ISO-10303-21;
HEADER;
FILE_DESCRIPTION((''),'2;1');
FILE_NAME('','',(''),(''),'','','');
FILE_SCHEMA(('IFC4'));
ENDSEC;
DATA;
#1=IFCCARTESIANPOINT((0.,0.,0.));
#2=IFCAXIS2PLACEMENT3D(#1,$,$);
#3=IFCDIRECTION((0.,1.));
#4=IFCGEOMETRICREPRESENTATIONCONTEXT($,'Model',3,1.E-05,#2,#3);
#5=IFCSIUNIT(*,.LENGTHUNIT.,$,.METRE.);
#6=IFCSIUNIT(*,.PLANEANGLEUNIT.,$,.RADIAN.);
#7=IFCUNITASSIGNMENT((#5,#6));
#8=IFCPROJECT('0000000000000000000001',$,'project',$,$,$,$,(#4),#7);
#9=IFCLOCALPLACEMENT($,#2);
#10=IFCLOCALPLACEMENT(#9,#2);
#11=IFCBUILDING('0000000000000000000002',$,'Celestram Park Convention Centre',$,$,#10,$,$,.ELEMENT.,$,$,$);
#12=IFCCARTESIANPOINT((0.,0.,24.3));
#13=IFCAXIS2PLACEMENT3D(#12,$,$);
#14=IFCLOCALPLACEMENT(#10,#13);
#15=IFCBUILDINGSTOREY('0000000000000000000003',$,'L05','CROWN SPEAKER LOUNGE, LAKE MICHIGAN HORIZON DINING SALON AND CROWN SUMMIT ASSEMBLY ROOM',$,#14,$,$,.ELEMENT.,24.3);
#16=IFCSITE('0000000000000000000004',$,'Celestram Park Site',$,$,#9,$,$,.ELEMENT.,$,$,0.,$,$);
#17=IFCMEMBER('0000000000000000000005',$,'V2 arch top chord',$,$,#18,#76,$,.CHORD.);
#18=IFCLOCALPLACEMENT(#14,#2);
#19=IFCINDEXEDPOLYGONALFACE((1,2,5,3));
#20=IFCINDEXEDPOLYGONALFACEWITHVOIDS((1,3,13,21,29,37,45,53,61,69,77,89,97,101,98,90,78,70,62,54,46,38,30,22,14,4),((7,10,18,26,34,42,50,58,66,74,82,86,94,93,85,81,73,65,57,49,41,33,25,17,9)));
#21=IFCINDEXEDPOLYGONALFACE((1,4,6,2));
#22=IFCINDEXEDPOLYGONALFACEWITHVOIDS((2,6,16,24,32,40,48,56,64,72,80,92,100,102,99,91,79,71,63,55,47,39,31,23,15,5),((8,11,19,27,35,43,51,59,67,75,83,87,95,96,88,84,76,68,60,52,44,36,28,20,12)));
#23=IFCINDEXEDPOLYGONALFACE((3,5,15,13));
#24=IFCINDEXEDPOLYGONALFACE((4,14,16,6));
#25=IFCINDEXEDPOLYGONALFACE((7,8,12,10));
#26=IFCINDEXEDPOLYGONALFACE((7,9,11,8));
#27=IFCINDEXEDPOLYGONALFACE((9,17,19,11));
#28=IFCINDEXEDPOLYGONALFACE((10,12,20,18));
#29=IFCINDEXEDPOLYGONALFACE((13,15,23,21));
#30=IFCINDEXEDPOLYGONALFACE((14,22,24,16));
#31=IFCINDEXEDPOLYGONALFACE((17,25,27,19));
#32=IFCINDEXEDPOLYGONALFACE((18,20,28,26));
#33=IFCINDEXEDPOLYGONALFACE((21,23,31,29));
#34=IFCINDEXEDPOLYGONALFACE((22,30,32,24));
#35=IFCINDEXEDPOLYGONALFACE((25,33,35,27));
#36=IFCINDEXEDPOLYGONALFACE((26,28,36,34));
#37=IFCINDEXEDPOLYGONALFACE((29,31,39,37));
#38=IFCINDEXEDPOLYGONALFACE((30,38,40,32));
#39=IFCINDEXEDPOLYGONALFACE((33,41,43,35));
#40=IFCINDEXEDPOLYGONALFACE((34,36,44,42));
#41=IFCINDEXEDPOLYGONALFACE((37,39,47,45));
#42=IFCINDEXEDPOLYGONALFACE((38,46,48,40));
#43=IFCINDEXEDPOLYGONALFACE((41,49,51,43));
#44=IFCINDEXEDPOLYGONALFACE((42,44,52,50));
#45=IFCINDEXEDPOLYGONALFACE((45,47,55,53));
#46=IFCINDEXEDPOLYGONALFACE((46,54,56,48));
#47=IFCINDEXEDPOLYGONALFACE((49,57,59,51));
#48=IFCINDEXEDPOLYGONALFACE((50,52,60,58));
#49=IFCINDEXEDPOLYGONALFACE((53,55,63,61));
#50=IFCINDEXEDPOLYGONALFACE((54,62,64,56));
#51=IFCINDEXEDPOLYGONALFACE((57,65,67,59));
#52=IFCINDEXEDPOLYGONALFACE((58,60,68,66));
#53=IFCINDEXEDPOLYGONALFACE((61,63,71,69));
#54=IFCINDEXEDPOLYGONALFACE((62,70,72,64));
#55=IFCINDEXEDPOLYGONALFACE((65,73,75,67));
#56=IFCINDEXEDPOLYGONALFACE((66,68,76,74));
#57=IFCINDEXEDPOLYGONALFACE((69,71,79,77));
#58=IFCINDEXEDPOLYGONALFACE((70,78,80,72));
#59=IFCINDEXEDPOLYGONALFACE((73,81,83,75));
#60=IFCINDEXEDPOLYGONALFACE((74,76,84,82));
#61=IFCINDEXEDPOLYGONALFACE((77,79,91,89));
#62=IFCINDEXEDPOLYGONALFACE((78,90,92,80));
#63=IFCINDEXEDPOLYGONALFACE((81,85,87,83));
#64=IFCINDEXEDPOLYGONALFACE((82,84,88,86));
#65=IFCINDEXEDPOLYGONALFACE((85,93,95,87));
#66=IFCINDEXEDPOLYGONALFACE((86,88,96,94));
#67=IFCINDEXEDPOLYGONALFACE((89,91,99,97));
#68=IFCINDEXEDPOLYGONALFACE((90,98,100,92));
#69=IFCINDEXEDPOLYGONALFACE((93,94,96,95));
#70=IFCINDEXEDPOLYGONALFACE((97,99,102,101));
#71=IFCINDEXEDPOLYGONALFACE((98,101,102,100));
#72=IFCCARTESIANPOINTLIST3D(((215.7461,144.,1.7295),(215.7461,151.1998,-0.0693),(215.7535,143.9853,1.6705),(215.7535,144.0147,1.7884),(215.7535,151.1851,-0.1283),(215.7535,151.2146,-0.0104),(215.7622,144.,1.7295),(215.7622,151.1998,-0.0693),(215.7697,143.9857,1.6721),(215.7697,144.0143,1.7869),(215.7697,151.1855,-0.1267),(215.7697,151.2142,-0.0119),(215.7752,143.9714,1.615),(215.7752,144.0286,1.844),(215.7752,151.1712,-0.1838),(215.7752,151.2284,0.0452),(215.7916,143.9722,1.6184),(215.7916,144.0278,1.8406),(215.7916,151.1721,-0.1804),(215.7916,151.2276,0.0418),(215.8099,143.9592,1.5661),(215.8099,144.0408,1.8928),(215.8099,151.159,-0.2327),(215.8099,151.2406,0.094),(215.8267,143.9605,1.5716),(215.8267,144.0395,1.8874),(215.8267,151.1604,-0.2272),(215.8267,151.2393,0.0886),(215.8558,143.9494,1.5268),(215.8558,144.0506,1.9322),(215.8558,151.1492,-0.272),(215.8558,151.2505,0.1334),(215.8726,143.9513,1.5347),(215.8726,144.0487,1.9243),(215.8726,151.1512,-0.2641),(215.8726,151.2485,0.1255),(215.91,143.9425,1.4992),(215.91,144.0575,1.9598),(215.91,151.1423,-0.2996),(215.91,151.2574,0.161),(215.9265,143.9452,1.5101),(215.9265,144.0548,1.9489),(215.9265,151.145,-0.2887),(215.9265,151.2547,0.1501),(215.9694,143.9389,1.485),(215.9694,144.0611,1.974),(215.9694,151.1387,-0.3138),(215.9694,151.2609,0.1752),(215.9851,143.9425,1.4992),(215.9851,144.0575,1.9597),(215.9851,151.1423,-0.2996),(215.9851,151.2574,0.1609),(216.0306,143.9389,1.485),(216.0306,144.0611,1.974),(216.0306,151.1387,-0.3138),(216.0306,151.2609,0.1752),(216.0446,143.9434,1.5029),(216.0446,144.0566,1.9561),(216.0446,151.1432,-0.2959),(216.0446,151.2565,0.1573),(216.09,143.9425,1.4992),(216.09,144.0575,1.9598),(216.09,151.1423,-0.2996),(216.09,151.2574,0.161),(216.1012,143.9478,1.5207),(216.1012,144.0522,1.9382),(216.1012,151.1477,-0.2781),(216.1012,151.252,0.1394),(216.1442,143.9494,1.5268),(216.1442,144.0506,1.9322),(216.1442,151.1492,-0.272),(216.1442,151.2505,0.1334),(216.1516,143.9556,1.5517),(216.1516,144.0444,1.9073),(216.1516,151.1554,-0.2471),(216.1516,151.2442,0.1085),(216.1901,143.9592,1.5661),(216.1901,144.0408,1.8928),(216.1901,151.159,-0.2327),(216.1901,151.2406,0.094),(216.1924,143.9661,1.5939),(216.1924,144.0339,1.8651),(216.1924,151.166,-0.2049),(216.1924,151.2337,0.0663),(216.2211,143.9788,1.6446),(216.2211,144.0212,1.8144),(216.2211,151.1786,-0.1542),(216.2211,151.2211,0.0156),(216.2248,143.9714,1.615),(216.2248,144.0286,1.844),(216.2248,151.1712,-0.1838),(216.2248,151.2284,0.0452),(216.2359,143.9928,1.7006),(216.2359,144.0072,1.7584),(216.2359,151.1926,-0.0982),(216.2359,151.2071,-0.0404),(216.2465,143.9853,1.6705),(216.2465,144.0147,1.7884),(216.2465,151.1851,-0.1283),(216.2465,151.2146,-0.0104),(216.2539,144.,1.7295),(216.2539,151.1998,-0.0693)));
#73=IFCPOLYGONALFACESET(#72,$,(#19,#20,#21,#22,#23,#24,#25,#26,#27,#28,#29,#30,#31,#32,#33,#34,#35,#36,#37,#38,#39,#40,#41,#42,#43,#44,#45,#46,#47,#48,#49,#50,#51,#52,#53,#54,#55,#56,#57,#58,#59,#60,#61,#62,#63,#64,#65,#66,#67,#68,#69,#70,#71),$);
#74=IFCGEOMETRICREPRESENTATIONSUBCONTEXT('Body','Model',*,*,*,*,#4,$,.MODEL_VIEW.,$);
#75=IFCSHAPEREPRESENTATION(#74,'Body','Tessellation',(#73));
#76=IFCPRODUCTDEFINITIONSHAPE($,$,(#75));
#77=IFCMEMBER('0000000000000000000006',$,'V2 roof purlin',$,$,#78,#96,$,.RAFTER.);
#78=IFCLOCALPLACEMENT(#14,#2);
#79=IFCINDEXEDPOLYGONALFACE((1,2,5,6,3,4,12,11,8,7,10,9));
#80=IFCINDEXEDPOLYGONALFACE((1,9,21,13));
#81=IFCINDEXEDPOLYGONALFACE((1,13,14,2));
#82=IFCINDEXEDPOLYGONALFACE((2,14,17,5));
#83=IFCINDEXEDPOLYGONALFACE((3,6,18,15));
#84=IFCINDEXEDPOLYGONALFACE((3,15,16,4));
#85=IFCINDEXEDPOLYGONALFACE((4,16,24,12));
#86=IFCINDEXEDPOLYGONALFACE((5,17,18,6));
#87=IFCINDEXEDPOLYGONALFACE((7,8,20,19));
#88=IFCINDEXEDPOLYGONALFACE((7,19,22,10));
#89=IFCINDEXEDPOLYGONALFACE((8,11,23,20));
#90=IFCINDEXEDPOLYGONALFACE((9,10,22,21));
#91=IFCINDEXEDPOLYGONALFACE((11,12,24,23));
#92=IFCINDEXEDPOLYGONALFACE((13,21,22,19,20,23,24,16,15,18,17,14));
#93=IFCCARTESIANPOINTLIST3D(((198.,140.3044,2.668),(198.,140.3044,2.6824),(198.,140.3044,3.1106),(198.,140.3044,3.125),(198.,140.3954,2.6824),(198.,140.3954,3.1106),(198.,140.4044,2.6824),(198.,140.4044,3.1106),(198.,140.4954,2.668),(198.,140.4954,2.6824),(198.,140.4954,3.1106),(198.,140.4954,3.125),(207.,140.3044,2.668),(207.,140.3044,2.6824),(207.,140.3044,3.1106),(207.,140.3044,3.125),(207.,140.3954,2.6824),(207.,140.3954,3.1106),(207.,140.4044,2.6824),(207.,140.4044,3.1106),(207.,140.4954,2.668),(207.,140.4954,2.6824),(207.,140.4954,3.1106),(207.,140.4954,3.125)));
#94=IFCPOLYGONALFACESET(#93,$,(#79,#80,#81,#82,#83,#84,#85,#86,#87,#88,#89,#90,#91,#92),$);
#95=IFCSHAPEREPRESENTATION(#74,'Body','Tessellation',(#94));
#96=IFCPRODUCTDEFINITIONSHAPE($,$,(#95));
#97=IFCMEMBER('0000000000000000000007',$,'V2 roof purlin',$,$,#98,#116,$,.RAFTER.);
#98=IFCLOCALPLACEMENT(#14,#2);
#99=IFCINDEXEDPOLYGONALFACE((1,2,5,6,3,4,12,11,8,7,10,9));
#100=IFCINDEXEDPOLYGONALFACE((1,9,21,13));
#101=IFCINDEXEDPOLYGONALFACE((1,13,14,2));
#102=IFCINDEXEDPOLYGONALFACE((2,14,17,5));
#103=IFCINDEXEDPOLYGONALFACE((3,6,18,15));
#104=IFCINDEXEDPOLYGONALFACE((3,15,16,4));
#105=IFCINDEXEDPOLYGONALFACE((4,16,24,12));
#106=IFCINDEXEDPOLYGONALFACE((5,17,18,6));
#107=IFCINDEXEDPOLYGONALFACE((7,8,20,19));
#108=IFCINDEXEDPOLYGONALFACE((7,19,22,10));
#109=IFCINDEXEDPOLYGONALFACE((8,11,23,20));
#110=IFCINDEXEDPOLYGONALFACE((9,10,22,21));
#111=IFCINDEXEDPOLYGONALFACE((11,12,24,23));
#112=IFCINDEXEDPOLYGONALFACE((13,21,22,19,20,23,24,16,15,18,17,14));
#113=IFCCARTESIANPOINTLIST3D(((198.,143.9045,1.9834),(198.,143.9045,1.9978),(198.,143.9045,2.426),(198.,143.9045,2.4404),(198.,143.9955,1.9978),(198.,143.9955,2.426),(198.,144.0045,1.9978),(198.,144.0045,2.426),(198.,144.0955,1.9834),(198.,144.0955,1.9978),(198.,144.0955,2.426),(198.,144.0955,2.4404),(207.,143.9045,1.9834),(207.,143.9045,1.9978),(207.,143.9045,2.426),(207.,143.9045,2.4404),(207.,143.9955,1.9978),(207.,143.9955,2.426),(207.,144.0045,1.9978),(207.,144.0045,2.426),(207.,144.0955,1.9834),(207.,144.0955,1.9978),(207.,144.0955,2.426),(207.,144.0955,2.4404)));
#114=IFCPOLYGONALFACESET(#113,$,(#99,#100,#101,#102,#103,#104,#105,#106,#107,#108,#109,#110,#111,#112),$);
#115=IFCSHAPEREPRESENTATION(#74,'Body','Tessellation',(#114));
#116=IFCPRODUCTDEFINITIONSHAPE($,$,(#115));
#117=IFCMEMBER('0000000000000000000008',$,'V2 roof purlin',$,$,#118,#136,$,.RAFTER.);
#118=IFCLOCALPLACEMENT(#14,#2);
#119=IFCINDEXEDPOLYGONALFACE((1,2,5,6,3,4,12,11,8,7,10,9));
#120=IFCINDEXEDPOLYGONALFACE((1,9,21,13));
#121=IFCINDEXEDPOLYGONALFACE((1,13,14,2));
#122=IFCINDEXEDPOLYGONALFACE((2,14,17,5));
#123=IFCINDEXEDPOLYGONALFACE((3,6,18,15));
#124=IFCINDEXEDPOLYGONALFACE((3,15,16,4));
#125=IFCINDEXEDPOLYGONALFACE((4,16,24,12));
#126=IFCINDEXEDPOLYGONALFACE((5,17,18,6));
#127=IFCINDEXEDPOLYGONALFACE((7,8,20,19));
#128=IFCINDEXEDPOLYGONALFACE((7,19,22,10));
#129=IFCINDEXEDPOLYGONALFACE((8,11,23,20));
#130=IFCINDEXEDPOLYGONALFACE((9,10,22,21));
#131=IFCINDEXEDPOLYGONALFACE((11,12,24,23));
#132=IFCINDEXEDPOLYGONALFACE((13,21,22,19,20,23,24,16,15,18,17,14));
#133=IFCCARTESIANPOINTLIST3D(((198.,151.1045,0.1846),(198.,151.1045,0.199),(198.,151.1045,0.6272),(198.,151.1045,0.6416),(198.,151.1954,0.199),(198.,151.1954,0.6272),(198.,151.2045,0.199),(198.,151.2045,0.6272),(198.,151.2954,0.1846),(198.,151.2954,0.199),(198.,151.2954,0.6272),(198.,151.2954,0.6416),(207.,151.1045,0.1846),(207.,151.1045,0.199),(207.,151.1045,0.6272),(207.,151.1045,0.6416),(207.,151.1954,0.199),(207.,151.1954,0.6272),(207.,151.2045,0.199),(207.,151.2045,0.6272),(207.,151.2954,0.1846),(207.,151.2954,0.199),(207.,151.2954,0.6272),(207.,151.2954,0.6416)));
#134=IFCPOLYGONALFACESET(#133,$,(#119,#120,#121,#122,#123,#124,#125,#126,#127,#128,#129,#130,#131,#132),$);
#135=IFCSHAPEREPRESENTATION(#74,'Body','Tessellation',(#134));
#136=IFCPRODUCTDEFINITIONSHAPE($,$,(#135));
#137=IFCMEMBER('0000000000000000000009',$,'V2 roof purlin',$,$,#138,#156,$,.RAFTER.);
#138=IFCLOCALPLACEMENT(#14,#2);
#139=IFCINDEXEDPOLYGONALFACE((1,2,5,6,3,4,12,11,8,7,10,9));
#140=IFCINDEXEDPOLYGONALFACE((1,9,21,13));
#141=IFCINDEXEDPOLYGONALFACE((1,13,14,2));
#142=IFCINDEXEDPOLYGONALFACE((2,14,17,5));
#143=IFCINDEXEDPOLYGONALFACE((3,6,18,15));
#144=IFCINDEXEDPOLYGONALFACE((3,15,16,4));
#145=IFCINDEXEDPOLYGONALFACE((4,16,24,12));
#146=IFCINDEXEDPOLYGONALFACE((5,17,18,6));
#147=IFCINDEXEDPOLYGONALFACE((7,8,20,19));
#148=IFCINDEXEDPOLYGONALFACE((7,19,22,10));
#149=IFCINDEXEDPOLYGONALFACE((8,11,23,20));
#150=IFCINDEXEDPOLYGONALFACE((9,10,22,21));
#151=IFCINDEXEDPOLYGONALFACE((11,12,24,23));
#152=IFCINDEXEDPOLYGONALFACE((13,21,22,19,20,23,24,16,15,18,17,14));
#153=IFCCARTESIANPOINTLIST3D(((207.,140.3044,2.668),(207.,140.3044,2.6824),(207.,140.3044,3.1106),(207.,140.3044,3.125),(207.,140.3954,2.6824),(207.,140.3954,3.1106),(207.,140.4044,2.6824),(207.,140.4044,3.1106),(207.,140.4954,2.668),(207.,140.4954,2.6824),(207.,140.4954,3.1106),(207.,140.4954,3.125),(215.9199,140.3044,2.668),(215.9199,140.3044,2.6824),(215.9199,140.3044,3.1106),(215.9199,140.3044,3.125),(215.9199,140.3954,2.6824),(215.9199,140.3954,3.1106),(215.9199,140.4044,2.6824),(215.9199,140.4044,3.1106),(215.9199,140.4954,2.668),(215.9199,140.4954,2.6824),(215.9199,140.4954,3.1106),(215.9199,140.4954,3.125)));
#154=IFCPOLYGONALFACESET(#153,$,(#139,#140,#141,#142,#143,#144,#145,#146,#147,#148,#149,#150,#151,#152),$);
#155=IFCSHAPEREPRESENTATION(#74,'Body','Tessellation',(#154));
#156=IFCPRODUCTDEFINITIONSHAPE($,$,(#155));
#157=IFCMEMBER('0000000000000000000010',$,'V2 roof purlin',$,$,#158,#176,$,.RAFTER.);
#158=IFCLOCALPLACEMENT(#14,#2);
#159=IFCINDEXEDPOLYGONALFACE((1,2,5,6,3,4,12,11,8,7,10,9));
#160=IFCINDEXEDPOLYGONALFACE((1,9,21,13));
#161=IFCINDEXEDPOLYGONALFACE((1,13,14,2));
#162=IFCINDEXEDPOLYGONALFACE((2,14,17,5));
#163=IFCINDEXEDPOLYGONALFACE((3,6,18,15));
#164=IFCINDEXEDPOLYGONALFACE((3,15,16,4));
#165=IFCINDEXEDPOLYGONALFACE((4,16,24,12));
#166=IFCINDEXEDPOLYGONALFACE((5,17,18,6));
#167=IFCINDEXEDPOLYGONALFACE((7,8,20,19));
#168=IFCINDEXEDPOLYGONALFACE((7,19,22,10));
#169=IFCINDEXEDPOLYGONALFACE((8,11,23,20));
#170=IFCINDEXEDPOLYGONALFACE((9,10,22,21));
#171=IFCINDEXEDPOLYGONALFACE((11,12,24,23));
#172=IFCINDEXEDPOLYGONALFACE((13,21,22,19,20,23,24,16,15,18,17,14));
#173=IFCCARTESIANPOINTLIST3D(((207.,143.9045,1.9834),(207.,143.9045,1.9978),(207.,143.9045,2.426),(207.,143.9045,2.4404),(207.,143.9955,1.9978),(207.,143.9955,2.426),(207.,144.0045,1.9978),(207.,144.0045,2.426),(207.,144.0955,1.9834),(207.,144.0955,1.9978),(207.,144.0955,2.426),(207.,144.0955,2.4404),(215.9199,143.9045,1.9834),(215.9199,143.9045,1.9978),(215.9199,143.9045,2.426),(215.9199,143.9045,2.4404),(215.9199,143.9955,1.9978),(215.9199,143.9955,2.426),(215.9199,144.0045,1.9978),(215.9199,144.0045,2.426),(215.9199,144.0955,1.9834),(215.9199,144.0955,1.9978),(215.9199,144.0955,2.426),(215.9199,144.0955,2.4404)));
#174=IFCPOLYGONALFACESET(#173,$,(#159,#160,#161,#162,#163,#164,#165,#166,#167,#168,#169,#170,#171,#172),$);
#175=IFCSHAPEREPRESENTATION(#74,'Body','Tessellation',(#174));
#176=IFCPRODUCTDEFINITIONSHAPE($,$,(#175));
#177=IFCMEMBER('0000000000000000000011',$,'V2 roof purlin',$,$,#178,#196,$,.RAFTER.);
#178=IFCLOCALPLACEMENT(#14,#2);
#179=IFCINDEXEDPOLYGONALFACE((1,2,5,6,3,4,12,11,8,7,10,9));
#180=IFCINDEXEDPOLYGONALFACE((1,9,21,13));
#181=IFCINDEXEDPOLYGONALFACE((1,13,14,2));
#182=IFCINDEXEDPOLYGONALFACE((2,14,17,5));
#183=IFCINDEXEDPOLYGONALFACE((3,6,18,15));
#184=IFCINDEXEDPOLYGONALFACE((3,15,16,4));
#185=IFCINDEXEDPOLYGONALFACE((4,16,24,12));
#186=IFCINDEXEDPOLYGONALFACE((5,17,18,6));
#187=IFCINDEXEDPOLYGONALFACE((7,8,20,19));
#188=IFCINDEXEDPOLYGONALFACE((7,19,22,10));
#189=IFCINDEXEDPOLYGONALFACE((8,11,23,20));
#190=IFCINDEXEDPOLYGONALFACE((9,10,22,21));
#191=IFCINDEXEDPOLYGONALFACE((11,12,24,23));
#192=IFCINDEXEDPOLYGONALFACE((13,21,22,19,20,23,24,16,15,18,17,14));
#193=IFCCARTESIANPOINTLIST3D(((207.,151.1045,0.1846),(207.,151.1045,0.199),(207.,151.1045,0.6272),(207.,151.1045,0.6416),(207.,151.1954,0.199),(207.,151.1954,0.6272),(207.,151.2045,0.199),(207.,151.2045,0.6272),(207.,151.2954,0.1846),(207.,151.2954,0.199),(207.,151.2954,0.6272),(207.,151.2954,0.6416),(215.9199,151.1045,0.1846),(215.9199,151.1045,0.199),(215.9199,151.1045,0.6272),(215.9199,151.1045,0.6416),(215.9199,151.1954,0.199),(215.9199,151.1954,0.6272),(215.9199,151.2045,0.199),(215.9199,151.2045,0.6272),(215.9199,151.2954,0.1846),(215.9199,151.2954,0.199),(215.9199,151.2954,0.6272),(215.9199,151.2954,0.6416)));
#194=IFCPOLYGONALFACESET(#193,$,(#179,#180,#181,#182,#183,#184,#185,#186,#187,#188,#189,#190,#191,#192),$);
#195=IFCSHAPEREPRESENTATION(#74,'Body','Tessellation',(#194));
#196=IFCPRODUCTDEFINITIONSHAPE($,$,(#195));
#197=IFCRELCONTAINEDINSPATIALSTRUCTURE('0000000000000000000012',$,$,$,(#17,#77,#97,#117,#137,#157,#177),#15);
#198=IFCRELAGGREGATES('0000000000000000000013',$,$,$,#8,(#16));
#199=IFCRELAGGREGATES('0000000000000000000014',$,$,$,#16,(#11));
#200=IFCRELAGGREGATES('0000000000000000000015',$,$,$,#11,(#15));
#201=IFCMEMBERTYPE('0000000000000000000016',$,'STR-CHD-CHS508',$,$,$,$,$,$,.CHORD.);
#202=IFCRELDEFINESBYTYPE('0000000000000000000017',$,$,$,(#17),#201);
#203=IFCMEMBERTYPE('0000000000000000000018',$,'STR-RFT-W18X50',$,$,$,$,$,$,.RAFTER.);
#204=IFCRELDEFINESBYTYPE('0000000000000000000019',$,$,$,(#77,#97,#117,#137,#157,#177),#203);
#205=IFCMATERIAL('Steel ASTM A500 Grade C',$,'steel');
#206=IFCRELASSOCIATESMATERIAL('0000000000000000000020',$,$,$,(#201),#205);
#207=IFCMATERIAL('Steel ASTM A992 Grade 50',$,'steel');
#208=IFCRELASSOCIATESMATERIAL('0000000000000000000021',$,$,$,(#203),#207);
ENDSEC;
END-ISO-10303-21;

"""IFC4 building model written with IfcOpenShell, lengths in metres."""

from ifc_helpers import new_model, si_unit, direction, frame, origin, origin_2d, place, context, subcontext, project, spatial, hollow_circle, i_section, extrude, material, material_profile, profile_set, type_object, element, save


model = new_model("IFC4")

# Units and contexts
model_context = context("Model", 3, precision=1e-05, world=origin(), true_north=direction((0.0, 1.0)))
body_context = subcontext(model_context, "Body", "Model", "MODEL_VIEW")
ifc_project = project(units=[si_unit("LENGTHUNIT", "METRE"), si_unit("PLANEANGLEUNIT", "RADIAN")], contexts=[model_context])

# Site, building, storey
site_placement = place(None, origin())
site = spatial("IfcSite", under=ifc_project, at=site_placement, Name="Celestram Park Site", CompositionType="ELEMENT", RefElevation=0.0)
building_placement = place(site_placement, origin())
building = spatial("IfcBuilding", under=site, at=building_placement, Name="Celestram Park Convention Centre", CompositionType="ELEMENT")
storey_placement = place(building_placement, frame((0.0, 0.0, 24.3)))
storey = spatial("IfcBuildingStorey", under=building, at=storey_placement, Name="L05", Description="CROWN SPEAKER LOUNGE, LAKE MICHIGAN HORIZON DINING SALON AND CROWN SUMMIT ASSEMBLY ROOM", CompositionType="ELEMENT", Elevation=24.3)

# Members
ifc_material_1 = material(Name="Steel ASTM A500 Grade C", Category="steel")
ifc_material_profile_1 = material_profile(ifc_material_1, hollow_circle(Radius=0.2539, WallThickness=0.0161, at=origin_2d()), Name="CHS508X16")
ifc_profile_set_1 = profile_set([ifc_material_profile_1], Name="Steel ASTM A500 Grade C")
member_type_1 = type_object("IfcMemberType", Name="STR-CHD-CHS508", PredefinedType="CHORD", material=ifc_profile_set_1)
member_1_placement = place(storey_placement, frame((216.0, 144.0, 1.7295), z_axis=(0.0, 0.970179, -0.242389), x_axis=(-1.0, 0.0, 0.0)))
element("IfcMember", 1, at=member_1_placement, inside=storey, type_object=member_type_1, Name="V2 arch top chord", PredefinedType="CHORD", context=body_context, shape_type="SweptSolid", body=[
    extrude(hollow_circle(Radius=0.2539, WallThickness=0.0161, at=origin_2d()), origin(), (0.0, 0.0, 1.0), 7.4211),
])
ifc_material_2 = material(Name="Steel ASTM A992 Grade 50", Category="steel")
ifc_material_profile_2 = material_profile(ifc_material_2, i_section(OverallWidth=0.1909, OverallDepth=0.457, WebThickness=0.009, FlangeThickness=0.0144, at=origin_2d()), Name="W18X50")
ifc_profile_set_2 = profile_set([ifc_material_profile_2], Name="Steel ASTM A992 Grade 50")
member_type_2 = type_object("IfcMemberType", Name="STR-RFT-W18X50", PredefinedType="RAFTER", material=ifc_profile_set_2)
for number, where, z_axis, x_axis, name in (
    (2, (198.0, 140.3999, 2.8965), (1.0, 0.0, 0.0), (0.0, 1.0, 0.0), "V2 roof purlin"),
    (3, (198.0, 144.0, 2.2119), (1.0, 0.0, 0.0), (0.0, 1.0, 0.0), "V2 roof purlin"),
    (4, (198.0, 151.2, 0.4131), (1.0, 0.0, 0.0), (0.0, 1.0, 0.0), "V2 roof purlin"),
):
    element("IfcMember", number, at=place(storey_placement, frame(where, z_axis=z_axis, x_axis=x_axis)), inside=storey, type_object=member_type_2, Name=name, PredefinedType="RAFTER", context=body_context, shape_type="SweptSolid", body=[
        extrude(i_section(OverallWidth=0.1909, OverallDepth=0.457, WebThickness=0.009, FlangeThickness=0.0144, at=origin_2d()), origin(), (0.0, 0.0, 1.0), 9.0),
    ])
for number, where, z_axis, x_axis, name in (
    (5, (207.0, 140.3999, 2.8965), (1.0, 0.0, 0.0), (0.0, 1.0, 0.0), "V2 roof purlin"),
    (6, (207.0, 144.0, 2.2119), (1.0, 0.0, 0.0), (0.0, 1.0, 0.0), "V2 roof purlin"),
    (7, (207.0, 151.2, 0.4131), (1.0, 0.0, 0.0), (0.0, 1.0, 0.0), "V2 roof purlin"),
):
    element("IfcMember", number, at=place(storey_placement, frame(where, z_axis=z_axis, x_axis=x_axis)), inside=storey, type_object=member_type_2, Name=name, PredefinedType="RAFTER", context=body_context, shape_type="SweptSolid", body=[
        extrude(i_section(OverallWidth=0.1909, OverallDepth=0.457, WebThickness=0.009, FlangeThickness=0.0144, at=origin_2d()), origin(), (0.0, 0.0, 1.0), 8.9199),
    ])

save(model, "model.ifc")
